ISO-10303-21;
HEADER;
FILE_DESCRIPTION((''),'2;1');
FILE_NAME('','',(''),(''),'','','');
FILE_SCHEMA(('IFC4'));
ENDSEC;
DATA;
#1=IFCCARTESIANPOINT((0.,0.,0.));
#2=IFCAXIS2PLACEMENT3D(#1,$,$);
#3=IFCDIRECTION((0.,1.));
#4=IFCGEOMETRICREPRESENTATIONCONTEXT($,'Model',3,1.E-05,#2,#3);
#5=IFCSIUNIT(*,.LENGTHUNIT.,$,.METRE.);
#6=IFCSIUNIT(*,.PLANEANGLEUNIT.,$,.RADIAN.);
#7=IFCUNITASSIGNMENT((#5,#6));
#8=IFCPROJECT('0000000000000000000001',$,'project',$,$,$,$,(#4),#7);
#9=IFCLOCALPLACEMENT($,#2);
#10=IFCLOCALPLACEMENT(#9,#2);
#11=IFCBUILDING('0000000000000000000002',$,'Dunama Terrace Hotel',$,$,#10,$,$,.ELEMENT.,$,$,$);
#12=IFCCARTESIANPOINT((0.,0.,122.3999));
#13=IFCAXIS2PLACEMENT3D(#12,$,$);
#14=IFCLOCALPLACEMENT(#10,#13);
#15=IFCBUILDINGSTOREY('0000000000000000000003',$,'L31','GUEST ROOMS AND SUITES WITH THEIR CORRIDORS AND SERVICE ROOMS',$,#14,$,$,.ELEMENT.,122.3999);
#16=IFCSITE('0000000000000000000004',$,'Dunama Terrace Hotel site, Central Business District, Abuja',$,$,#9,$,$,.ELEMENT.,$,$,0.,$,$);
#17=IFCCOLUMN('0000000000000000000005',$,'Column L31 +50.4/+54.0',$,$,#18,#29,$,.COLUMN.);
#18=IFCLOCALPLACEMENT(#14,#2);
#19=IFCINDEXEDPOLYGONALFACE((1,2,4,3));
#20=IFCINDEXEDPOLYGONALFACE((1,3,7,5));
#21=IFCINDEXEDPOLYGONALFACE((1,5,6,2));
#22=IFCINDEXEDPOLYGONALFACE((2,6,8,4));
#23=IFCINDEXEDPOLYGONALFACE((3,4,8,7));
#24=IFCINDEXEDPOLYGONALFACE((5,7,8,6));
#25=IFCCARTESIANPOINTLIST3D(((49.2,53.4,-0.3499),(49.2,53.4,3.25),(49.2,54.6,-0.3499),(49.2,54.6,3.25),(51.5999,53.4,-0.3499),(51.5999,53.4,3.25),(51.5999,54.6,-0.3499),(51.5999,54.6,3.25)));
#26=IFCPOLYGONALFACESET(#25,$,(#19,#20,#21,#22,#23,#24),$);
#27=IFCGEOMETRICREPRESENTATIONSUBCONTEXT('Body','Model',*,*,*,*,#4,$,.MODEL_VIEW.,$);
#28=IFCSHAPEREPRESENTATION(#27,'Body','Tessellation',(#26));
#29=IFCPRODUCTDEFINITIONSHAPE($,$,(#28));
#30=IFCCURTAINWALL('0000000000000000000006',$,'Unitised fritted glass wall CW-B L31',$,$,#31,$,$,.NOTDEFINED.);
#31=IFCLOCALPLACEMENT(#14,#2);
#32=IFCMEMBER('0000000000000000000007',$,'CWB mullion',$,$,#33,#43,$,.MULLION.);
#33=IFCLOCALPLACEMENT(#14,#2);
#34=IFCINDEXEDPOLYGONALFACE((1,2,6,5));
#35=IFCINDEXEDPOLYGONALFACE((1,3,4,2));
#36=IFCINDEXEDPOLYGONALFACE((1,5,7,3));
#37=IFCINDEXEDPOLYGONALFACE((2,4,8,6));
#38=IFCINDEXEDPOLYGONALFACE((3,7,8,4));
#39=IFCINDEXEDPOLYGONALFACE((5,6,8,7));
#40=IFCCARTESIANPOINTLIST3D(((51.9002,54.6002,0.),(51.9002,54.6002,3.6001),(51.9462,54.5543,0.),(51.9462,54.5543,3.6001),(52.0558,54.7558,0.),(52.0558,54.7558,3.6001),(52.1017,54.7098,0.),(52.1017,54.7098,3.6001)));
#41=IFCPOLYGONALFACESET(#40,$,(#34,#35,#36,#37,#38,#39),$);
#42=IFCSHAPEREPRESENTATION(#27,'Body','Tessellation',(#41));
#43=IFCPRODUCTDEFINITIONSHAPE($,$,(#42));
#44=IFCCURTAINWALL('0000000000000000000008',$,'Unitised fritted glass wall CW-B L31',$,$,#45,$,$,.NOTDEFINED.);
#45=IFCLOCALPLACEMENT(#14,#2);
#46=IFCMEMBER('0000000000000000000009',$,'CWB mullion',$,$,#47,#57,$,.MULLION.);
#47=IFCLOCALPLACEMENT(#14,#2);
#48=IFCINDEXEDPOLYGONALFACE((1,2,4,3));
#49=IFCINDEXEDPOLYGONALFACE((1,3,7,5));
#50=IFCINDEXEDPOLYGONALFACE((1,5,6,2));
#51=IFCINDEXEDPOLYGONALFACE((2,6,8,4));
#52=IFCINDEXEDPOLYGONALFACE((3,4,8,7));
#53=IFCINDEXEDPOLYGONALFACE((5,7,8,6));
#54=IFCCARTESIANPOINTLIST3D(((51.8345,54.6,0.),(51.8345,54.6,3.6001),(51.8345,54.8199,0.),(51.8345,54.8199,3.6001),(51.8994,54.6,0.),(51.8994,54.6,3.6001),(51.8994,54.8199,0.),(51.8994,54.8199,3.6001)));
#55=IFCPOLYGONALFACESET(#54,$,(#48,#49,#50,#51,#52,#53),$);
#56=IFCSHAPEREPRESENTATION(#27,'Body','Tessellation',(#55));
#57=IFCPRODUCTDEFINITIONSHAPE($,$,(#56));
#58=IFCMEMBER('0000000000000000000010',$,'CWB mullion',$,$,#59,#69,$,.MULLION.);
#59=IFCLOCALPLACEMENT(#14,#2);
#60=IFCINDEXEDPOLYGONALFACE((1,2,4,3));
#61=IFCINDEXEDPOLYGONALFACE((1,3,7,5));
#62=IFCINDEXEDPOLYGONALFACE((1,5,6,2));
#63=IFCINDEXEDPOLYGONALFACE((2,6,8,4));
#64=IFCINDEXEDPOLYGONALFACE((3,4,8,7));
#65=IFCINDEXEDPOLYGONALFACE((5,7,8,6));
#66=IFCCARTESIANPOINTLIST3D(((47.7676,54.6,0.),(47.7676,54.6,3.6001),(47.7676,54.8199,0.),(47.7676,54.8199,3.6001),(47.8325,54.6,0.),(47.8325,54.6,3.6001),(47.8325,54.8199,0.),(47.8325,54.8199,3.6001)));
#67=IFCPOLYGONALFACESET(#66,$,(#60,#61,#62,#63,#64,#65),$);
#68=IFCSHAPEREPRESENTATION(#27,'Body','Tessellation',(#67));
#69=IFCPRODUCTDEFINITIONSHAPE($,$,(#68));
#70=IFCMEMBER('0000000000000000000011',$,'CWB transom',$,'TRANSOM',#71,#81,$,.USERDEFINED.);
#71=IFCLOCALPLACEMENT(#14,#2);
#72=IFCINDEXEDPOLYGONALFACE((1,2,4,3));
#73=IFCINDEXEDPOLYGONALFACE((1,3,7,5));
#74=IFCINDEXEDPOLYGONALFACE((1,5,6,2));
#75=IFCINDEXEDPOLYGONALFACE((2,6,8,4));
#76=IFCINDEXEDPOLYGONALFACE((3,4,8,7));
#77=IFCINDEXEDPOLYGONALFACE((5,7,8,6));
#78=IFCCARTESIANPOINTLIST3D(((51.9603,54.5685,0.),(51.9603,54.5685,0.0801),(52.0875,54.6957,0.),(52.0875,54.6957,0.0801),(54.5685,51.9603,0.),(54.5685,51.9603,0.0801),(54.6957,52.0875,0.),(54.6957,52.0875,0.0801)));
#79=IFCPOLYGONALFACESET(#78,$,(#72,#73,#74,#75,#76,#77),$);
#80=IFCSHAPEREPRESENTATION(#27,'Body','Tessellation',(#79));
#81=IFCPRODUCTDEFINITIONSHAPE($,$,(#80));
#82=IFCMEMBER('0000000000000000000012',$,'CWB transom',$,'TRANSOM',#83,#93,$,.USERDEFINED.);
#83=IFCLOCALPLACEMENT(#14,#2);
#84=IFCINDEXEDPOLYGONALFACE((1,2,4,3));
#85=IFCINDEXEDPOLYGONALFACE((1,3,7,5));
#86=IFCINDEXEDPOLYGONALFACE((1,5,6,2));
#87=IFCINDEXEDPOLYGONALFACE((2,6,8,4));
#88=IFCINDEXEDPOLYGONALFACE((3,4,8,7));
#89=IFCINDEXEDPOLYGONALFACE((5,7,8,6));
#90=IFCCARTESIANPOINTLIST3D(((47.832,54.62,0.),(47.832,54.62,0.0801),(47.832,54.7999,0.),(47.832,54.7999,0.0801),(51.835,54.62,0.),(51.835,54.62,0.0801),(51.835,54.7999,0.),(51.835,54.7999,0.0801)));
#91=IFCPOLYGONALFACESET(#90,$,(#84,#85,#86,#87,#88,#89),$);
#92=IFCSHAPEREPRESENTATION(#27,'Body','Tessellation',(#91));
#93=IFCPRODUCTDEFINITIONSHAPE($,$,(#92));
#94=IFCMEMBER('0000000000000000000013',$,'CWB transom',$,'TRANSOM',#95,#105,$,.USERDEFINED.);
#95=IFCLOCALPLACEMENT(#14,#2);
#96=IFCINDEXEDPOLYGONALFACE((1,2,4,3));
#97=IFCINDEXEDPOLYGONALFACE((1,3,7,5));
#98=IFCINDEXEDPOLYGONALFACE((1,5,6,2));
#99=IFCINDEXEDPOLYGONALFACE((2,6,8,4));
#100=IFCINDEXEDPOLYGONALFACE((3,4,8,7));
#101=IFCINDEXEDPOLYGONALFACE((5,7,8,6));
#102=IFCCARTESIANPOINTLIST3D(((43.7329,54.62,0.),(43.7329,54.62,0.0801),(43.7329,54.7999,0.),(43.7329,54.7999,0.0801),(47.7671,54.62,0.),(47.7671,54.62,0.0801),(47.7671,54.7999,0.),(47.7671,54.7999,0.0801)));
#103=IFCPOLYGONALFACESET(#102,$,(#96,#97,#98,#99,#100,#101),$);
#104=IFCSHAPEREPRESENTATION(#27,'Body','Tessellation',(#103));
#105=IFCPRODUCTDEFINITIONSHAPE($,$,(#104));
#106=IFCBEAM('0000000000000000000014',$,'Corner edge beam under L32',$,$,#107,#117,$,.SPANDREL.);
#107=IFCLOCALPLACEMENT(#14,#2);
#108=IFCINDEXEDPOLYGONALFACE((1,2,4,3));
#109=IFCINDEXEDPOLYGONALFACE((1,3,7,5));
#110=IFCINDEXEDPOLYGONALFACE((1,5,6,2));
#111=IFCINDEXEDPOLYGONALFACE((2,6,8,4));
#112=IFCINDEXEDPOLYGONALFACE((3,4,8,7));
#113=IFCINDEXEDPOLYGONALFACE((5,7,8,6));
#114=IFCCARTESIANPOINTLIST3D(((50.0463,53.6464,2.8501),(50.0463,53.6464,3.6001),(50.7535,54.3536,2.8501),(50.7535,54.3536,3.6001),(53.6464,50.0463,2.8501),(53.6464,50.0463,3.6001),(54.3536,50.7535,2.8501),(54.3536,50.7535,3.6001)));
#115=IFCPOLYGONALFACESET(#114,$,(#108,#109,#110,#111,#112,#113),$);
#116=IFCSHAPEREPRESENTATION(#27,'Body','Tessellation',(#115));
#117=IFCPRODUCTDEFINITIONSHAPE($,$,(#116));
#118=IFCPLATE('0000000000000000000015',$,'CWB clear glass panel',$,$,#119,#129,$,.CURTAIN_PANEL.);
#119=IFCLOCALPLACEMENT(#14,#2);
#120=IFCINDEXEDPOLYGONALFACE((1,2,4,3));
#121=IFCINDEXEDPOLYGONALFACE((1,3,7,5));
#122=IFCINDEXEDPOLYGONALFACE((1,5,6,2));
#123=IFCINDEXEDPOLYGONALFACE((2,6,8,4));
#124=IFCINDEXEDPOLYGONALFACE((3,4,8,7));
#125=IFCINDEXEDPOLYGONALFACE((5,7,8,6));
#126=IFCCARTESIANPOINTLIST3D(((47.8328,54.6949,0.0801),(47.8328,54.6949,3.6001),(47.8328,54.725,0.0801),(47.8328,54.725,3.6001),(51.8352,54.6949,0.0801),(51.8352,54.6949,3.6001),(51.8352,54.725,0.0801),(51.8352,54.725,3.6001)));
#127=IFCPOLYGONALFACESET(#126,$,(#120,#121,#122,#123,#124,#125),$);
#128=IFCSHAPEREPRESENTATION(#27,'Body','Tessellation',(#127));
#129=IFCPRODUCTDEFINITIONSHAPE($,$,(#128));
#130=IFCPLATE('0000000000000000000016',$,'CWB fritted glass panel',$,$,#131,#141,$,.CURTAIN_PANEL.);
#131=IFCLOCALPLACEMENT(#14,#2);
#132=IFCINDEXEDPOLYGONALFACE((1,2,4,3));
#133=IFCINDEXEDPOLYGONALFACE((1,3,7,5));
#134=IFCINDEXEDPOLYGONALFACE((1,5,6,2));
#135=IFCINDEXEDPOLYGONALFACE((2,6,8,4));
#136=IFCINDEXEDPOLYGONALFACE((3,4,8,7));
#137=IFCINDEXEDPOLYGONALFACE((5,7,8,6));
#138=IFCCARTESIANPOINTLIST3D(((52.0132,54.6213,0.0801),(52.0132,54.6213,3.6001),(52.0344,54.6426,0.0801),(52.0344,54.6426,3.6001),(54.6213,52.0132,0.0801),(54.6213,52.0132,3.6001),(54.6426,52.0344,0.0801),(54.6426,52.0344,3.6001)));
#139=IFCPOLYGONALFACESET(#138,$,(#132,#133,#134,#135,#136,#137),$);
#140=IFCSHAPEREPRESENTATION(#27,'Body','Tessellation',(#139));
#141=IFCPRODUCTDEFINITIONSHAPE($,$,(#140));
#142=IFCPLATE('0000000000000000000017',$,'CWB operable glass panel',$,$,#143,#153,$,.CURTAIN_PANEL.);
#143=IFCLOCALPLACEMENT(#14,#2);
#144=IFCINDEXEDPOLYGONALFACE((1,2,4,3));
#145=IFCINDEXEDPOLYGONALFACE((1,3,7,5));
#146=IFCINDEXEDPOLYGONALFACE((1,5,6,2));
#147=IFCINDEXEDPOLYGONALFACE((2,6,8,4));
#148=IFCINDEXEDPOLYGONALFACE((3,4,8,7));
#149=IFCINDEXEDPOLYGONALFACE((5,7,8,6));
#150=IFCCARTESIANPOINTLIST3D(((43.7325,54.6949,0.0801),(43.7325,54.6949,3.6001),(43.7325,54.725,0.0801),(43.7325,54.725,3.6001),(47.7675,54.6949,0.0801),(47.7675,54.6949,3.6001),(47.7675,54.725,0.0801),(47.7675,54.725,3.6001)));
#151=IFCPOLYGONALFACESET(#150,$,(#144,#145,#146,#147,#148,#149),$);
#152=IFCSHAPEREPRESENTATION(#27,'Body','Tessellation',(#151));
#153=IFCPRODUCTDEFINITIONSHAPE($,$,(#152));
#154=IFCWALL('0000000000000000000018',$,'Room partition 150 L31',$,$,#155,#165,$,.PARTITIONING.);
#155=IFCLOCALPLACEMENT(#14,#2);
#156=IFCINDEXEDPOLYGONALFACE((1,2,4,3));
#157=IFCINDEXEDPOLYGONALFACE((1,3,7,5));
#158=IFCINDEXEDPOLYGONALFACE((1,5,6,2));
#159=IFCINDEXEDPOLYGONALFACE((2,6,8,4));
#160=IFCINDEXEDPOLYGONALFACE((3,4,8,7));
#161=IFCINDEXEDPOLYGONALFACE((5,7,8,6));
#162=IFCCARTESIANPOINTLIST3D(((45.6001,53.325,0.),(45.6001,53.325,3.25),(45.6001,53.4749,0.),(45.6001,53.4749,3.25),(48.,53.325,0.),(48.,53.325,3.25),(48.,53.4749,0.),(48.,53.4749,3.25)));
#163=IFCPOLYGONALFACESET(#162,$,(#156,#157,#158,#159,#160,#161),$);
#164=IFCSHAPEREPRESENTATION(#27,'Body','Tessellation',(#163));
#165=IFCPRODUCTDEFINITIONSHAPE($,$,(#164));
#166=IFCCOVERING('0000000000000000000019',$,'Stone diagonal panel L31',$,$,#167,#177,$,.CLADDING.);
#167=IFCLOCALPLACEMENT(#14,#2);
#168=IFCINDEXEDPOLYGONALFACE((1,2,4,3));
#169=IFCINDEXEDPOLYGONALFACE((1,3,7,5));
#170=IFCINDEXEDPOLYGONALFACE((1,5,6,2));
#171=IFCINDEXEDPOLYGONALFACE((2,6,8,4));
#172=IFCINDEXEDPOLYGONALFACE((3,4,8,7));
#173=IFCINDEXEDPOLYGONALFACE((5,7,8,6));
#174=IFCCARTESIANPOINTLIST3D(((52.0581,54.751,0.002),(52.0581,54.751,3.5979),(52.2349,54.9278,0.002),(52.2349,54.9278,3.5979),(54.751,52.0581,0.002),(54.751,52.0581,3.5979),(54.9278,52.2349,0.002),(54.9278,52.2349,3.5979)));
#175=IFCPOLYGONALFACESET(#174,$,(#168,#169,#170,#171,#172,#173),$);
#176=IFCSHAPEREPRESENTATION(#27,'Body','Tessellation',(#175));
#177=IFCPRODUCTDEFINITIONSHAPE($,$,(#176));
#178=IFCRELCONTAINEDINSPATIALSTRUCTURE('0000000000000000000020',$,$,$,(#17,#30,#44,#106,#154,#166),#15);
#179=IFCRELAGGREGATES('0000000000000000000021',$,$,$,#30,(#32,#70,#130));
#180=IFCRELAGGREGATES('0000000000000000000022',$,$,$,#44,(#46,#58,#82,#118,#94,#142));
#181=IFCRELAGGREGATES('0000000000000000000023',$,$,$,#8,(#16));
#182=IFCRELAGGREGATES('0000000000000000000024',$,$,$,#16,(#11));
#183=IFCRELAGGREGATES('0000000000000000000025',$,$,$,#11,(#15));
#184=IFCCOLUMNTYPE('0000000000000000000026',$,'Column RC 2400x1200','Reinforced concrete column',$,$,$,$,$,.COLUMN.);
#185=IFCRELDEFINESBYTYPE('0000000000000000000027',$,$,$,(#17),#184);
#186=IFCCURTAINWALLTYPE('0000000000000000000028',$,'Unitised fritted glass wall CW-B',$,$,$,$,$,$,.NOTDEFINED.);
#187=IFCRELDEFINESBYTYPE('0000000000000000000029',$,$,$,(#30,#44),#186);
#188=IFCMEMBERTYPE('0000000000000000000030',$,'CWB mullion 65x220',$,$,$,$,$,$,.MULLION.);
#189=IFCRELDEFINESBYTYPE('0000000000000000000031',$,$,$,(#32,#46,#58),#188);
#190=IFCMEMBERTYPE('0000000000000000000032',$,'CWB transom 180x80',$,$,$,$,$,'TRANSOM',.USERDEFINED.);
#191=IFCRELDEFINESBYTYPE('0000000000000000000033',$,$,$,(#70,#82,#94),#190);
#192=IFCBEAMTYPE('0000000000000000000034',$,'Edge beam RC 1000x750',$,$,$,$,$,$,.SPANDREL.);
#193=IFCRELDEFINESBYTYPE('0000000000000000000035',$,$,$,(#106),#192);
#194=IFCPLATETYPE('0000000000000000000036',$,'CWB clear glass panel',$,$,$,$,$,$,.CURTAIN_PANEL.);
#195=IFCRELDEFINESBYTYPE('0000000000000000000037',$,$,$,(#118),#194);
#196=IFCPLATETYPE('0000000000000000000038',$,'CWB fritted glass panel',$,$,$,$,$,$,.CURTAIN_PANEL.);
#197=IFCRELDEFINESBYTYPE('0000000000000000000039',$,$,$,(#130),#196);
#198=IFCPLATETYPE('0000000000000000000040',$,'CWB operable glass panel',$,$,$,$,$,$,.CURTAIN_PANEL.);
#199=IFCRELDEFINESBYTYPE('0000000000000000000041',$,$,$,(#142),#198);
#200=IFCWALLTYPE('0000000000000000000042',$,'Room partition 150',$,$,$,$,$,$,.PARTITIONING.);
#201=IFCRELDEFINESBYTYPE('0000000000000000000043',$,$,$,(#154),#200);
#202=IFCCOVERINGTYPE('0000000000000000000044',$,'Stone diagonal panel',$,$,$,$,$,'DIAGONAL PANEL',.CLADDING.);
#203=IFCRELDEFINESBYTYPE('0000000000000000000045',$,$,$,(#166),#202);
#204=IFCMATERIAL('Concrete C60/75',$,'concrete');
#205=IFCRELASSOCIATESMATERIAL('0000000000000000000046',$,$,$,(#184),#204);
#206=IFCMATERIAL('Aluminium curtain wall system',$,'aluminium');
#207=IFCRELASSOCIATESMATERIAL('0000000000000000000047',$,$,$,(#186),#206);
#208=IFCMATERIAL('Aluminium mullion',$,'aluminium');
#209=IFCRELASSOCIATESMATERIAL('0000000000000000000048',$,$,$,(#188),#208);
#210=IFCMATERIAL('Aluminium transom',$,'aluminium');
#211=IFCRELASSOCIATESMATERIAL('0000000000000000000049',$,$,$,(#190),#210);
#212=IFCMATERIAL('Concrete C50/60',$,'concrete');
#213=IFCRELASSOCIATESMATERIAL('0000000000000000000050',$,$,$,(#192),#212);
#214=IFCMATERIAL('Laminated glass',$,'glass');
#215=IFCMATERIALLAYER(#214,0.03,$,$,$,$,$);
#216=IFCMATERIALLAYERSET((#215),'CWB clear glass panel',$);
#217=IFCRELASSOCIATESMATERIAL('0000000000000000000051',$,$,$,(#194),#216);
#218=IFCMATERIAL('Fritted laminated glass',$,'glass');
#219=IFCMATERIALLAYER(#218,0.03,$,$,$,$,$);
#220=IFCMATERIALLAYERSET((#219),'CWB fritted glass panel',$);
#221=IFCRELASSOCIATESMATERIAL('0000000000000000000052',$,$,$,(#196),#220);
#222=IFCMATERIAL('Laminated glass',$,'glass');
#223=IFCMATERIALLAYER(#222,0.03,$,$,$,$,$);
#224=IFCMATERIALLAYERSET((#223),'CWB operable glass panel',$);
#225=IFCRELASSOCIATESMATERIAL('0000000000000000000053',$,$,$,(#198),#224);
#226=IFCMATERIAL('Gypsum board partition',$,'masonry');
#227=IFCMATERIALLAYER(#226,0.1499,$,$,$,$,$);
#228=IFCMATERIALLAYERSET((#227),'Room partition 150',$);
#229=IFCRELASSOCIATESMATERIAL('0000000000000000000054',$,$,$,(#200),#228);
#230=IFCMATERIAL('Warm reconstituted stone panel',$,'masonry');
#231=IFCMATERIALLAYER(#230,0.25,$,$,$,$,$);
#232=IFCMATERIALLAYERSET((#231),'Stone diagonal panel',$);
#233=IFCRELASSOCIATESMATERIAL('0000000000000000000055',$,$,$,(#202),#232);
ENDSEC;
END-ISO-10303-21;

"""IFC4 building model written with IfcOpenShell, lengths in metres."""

from ifc_helpers import new_model, si_unit, direction, frame, frame_2d, origin, origin_2d, place, context, subcontext, project, spatial, rectangle, extrude, material, layer, layer_set, material_profile, profile_set, type_object, element, aggregate, save


model = new_model("IFC4")

# Units and contexts
model_context = context("Model", 3, precision=1e-05, world=origin(), true_north=direction((0.0, 1.0)))
body_context = subcontext(model_context, "Body", "Model", "MODEL_VIEW")
ifc_project = project(units=[si_unit("LENGTHUNIT", "METRE"), si_unit("PLANEANGLEUNIT", "RADIAN")], contexts=[model_context])

# Site, building, storey
site_placement = place(None, origin())
site = spatial("IfcSite", under=ifc_project, at=site_placement, Name="Dunama Terrace Hotel site, Central Business District, Abuja", CompositionType="ELEMENT", RefElevation=0.0)
building_placement = place(site_placement, origin())
building = spatial("IfcBuilding", under=site, at=building_placement, Name="Dunama Terrace Hotel", CompositionType="ELEMENT")
storey_placement = place(building_placement, frame((0.0, 0.0, 122.3999)))
storey = spatial("IfcBuildingStorey", under=building, at=storey_placement, Name="L31", Description="GUEST ROOMS AND SUITES WITH THEIR CORRIDORS AND SERVICE ROOMS", CompositionType="ELEMENT", Elevation=122.3999)

# Column
ifc_material_1 = material(Name="Concrete C60/75", Category="concrete")
ifc_material_profile_1 = material_profile(ifc_material_1, rectangle(XDim=2.3999, YDim=1.2, at=origin_2d()), Name="RC 2400x1200")
ifc_profile_set_1 = profile_set([ifc_material_profile_1], Name="Concrete C60/75")
column_type = type_object("IfcColumnType", Name="Column RC 2400x1200", Description="Reinforced concrete column", PredefinedType="COLUMN", material=ifc_profile_set_1)
column_placement = place(storey_placement, frame((50.3999, 54.0, -0.3499), z_axis=(0.0, 0.0, 1.0), x_axis=(1.0, 0.0, 0.0)))
element("IfcColumn", 1, at=column_placement, inside=storey, type_object=column_type, Name="Column L31 +50.4/+54.0", PredefinedType="COLUMN", context=body_context, shape_type="SweptSolid", body=[
    extrude(rectangle(XDim=2.3999, YDim=1.2, at=origin_2d()), origin(), (0.0, 0.0, 1.0), 3.5999),
])

# Curtain wall, member
ifc_material_2 = material(Name="Aluminium curtain wall system", Category="aluminium")
curtain_wall_type = type_object("IfcCurtainWallType", Name="Unitised fritted glass wall CW-B", PredefinedType="NOTDEFINED", material=ifc_material_2)
curtain_wall_1_placement = place(storey_placement, origin())
curtain_wall_1 = element("IfcCurtainWall", 2, at=curtain_wall_1_placement, inside=storey, type_object=curtain_wall_type, Name="Unitised fritted glass wall CW-B L31", PredefinedType="NOTDEFINED")
ifc_material_3 = material(Name="Aluminium mullion", Category="aluminium")
ifc_material_profile_2 = material_profile(ifc_material_3, rectangle(XDim=0.0649, YDim=0.22, at=origin_2d()), Name="CWB MULLION 65X220")
ifc_profile_set_2 = profile_set([ifc_material_profile_2], Name="Aluminium mullion")
member_type_1 = type_object("IfcMemberType", Name="CWB mullion 65x220", PredefinedType="MULLION", material=ifc_profile_set_2)
member_1_placement = place(storey_placement, frame((52.001, 54.655, 0.0), z_axis=(0.0, 0.0, 1.0), x_axis=(-0.707107, 0.707107, 0.0)))
member_1 = element("IfcMember", 3, at=member_1_placement, type_object=member_type_1, Name="CWB mullion", PredefinedType="MULLION", context=body_context, shape_type="SweptSolid", body=[
    extrude(rectangle(XDim=0.0649, YDim=0.22, at=origin_2d()), origin(), (0.0, 0.0, 1.0), 3.6001),
])

# Curtain wall, members
curtain_wall_2_placement = place(storey_placement, origin())
curtain_wall_2 = element("IfcCurtainWall", 4, at=curtain_wall_2_placement, inside=storey, type_object=curtain_wall_type, Name="Unitised fritted glass wall CW-B L31", PredefinedType="NOTDEFINED")
member_2_placement = place(storey_placement, frame((51.8669, 54.71, 0.0), z_axis=(0.0, 0.0, 1.0), x_axis=(-1.0, 0.0, 0.0)))
member_2 = element("IfcMember", 5, at=member_2_placement, type_object=member_type_1, Name="CWB mullion", PredefinedType="MULLION", context=body_context, shape_type="SweptSolid", body=[
    extrude(rectangle(XDim=0.0649, YDim=0.22, at=origin_2d()), origin(), (0.0, 0.0, 1.0), 3.6001),
])
member_3_placement = place(storey_placement, frame((47.8, 54.71, 0.0), z_axis=(0.0, 0.0, 1.0), x_axis=(-1.0, 0.0, 0.0)))
member_3 = element("IfcMember", 6, at=member_3_placement, type_object=member_type_1, Name="CWB mullion", PredefinedType="MULLION", context=body_context, shape_type="SweptSolid", body=[
    extrude(rectangle(XDim=0.0649, YDim=0.22, at=origin_2d()), origin(), (0.0, 0.0, 1.0), 3.6001),
])

# Members
ifc_material_4 = material(Name="Aluminium transom", Category="aluminium")
ifc_material_profile_3 = material_profile(ifc_material_4, rectangle(XDim=0.1799, YDim=0.0801, at=origin_2d()), Name="CWB TRANSOM 180X80")
ifc_profile_set_3 = profile_set([ifc_material_profile_3], Name="Aluminium transom")
member_type_2 = type_object("IfcMemberType", Name="CWB transom 180x80", ElementType="TRANSOM", PredefinedType="USERDEFINED", material=ifc_profile_set_3)
member_4_placement = place(storey_placement, frame((54.6321, 52.0239, 0.04), z_axis=(-0.707107, 0.707107, 0.0), x_axis=(-0.707107, -0.707107, 0.0)))
member_4 = element("IfcMember", 7, at=member_4_placement, type_object=member_type_2, Name="CWB transom", ObjectType="TRANSOM", PredefinedType="USERDEFINED", context=body_context, shape_type="SweptSolid", body=[
    extrude(rectangle(XDim=0.1799, YDim=0.0801, at=origin_2d()), origin(), (0.0, 0.0, 1.0), 3.6885),
])
member_5_placement = place(storey_placement, frame((51.835, 54.71, 0.04), z_axis=(-1.0, 0.0, 0.0), x_axis=(0.0, -1.0, 0.0)))
member_5 = element("IfcMember", 8, at=member_5_placement, type_object=member_type_2, Name="CWB transom", ObjectType="TRANSOM", PredefinedType="USERDEFINED", context=body_context, shape_type="SweptSolid", body=[
    extrude(rectangle(XDim=0.1799, YDim=0.0801, at=origin_2d()), origin(), (0.0, 0.0, 1.0), 4.0029),
])
member_6_placement = place(storey_placement, frame((47.7671, 54.71, 0.04), z_axis=(-1.0, 0.0, 0.0), x_axis=(0.0, -1.0, 0.0)))
member_6 = element("IfcMember", 9, at=member_6_placement, type_object=member_type_2, Name="CWB transom", ObjectType="TRANSOM", PredefinedType="USERDEFINED", context=body_context, shape_type="SweptSolid", body=[
    extrude(rectangle(XDim=0.1799, YDim=0.0801, at=origin_2d()), origin(), (0.0, 0.0, 1.0), 4.0342),
])

# Beam
ifc_material_5 = material(Name="Concrete C50/60", Category="concrete")
ifc_material_profile_4 = material_profile(ifc_material_5, rectangle(XDim=1.0, YDim=0.75, at=origin_2d()), Name="RC 1000x750")
ifc_profile_set_4 = profile_set([ifc_material_profile_4], Name="Concrete C50/60")
beam_type = type_object("IfcBeamType", Name="Edge beam RC 1000x750", PredefinedType="SPANDREL", material=ifc_profile_set_4)
beam_placement = place(storey_placement, frame((50.3999, 54.0, 3.2251), z_axis=(0.707107, -0.707107, 0.0), x_axis=(0.707107, 0.707107, 0.0)))
element("IfcBeam", 10, at=beam_placement, inside=storey, type_object=beam_type, Name="Corner edge beam under L32", PredefinedType="SPANDREL", context=body_context, shape_type="SweptSolid", body=[
    extrude(rectangle(XDim=1.0, YDim=0.75, at=origin_2d()), origin(), (0.0, 0.0, 1.0), 5.0913),
])

# Plates
ifc_material_6 = material(Name="Laminated glass", Category="glass")
ifc_layer_1 = layer(ifc_material_6, 0.03)
ifc_layer_set_1 = layer_set([ifc_layer_1], Name="CWB clear glass panel")
plate_type_1 = type_object("IfcPlateType", Name="CWB clear glass panel", PredefinedType="CURTAIN_PANEL", material=ifc_layer_set_1)
plate_1_placement = place(storey_placement, frame((49.834, 54.71, 0.0801), z_axis=(0.0, 0.0, 1.0), x_axis=(-1.0, 0.0, 0.0)))
plate_1 = element("IfcPlate", 11, at=plate_1_placement, type_object=plate_type_1, Name="CWB clear glass panel", PredefinedType="CURTAIN_PANEL", context=body_context, shape_type="SweptSolid", body=[
    extrude(rectangle(XDim=4.0024, YDim=0.03, at=origin_2d()), origin(), (0.0, 0.0, 1.0), 3.52),
])
ifc_material_7 = material(Name="Fritted laminated glass", Category="glass")
ifc_layer_2 = layer(ifc_material_7, 0.03)
ifc_layer_set_2 = layer_set([ifc_layer_2], Name="CWB fritted glass panel")
plate_type_2 = type_object("IfcPlateType", Name="CWB fritted glass panel", PredefinedType="CURTAIN_PANEL", material=ifc_layer_set_2)
plate_2_placement = place(storey_placement, frame((53.3279, 53.3279, 0.0801), z_axis=(0.0, 0.0, 1.0), x_axis=(-0.707107, 0.707107, 0.0)))
plate_2 = element("IfcPlate", 12, at=plate_2_placement, type_object=plate_type_2, Name="CWB fritted glass panel", PredefinedType="CURTAIN_PANEL", context=body_context, shape_type="SweptSolid", body=[
    extrude(rectangle(XDim=3.6885, YDim=0.03, at=origin_2d()), origin(), (0.0, 0.0, 1.0), 3.52),
])
aggregate(curtain_wall_1, [member_1, member_4, plate_2])
ifc_material_8 = material(Name="Laminated glass", Category="glass")
ifc_layer_3 = layer(ifc_material_8, 0.03)
ifc_layer_set_3 = layer_set([ifc_layer_3], Name="CWB operable glass panel")
plate_type_3 = type_object("IfcPlateType", Name="CWB operable glass panel", PredefinedType="CURTAIN_PANEL", material=ifc_layer_set_3)
plate_3_placement = place(storey_placement, frame((45.75, 54.71, 0.0801), z_axis=(0.0, 0.0, 1.0), x_axis=(-1.0, 0.0, 0.0)))
plate_3 = element("IfcPlate", 13, at=plate_3_placement, type_object=plate_type_3, Name="CWB operable glass panel", PredefinedType="CURTAIN_PANEL", context=body_context, shape_type="SweptSolid", body=[
    extrude(rectangle(XDim=4.0349, YDim=0.03, at=origin_2d()), origin(), (0.0, 0.0, 1.0), 3.52),
])
aggregate(curtain_wall_2, [member_2, member_3, member_5, plate_1, member_6, plate_3])

# Wall
ifc_material_9 = material(Name="Gypsum board partition", Category="masonry")
ifc_layer_4 = layer(ifc_material_9, 0.1499)
ifc_layer_set_4 = layer_set([ifc_layer_4], Name="Room partition 150")
wall_type = type_object("IfcWallType", Name="Room partition 150", PredefinedType="PARTITIONING", material=ifc_layer_set_4)
wall_placement = place(storey_placement, frame((45.6001, 53.3999, 0.0), z_axis=(0.0, 0.0, 1.0), x_axis=(1.0, 0.0, 0.0)))
element("IfcWall", 14, at=wall_placement, inside=storey, type_object=wall_type, Name="Room partition 150 L31", PredefinedType="PARTITIONING", context=body_context, shape_type="SweptSolid", body=[
    extrude(rectangle(XDim=2.3999, YDim=0.1499, at=frame_2d((1.2, 0.0))), origin(), (0.0, 0.0, 1.0), 3.25),
])

# Covering
ifc_material_10 = material(Name="Warm reconstituted stone panel", Category="masonry")
ifc_layer_5 = layer(ifc_material_10, 0.25)
ifc_layer_set_5 = layer_set([ifc_layer_5], Name="Stone diagonal panel")
covering_type = type_object("IfcCoveringType", Name="Stone diagonal panel", ElementType="DIAGONAL PANEL", PredefinedType="CLADDING", material=ifc_layer_set_5)
covering_1_placement = place(storey_placement, frame((53.4929, 53.4929, 0.002), z_axis=(0.0, 0.0, 1.0), x_axis=(-0.707107, 0.707107, 0.0)))
element("IfcCovering", 15, at=covering_1_placement, inside=storey, type_object=covering_type, Name="Stone diagonal panel L31", PredefinedType="CLADDING", context=body_context, shape_type="SweptSolid", body=[
    extrude(rectangle(XDim=3.8083, YDim=0.25, at=origin_2d()), origin(), (0.0, 0.0, 1.0), 3.5959),
])

save(model, "model.ifc")
